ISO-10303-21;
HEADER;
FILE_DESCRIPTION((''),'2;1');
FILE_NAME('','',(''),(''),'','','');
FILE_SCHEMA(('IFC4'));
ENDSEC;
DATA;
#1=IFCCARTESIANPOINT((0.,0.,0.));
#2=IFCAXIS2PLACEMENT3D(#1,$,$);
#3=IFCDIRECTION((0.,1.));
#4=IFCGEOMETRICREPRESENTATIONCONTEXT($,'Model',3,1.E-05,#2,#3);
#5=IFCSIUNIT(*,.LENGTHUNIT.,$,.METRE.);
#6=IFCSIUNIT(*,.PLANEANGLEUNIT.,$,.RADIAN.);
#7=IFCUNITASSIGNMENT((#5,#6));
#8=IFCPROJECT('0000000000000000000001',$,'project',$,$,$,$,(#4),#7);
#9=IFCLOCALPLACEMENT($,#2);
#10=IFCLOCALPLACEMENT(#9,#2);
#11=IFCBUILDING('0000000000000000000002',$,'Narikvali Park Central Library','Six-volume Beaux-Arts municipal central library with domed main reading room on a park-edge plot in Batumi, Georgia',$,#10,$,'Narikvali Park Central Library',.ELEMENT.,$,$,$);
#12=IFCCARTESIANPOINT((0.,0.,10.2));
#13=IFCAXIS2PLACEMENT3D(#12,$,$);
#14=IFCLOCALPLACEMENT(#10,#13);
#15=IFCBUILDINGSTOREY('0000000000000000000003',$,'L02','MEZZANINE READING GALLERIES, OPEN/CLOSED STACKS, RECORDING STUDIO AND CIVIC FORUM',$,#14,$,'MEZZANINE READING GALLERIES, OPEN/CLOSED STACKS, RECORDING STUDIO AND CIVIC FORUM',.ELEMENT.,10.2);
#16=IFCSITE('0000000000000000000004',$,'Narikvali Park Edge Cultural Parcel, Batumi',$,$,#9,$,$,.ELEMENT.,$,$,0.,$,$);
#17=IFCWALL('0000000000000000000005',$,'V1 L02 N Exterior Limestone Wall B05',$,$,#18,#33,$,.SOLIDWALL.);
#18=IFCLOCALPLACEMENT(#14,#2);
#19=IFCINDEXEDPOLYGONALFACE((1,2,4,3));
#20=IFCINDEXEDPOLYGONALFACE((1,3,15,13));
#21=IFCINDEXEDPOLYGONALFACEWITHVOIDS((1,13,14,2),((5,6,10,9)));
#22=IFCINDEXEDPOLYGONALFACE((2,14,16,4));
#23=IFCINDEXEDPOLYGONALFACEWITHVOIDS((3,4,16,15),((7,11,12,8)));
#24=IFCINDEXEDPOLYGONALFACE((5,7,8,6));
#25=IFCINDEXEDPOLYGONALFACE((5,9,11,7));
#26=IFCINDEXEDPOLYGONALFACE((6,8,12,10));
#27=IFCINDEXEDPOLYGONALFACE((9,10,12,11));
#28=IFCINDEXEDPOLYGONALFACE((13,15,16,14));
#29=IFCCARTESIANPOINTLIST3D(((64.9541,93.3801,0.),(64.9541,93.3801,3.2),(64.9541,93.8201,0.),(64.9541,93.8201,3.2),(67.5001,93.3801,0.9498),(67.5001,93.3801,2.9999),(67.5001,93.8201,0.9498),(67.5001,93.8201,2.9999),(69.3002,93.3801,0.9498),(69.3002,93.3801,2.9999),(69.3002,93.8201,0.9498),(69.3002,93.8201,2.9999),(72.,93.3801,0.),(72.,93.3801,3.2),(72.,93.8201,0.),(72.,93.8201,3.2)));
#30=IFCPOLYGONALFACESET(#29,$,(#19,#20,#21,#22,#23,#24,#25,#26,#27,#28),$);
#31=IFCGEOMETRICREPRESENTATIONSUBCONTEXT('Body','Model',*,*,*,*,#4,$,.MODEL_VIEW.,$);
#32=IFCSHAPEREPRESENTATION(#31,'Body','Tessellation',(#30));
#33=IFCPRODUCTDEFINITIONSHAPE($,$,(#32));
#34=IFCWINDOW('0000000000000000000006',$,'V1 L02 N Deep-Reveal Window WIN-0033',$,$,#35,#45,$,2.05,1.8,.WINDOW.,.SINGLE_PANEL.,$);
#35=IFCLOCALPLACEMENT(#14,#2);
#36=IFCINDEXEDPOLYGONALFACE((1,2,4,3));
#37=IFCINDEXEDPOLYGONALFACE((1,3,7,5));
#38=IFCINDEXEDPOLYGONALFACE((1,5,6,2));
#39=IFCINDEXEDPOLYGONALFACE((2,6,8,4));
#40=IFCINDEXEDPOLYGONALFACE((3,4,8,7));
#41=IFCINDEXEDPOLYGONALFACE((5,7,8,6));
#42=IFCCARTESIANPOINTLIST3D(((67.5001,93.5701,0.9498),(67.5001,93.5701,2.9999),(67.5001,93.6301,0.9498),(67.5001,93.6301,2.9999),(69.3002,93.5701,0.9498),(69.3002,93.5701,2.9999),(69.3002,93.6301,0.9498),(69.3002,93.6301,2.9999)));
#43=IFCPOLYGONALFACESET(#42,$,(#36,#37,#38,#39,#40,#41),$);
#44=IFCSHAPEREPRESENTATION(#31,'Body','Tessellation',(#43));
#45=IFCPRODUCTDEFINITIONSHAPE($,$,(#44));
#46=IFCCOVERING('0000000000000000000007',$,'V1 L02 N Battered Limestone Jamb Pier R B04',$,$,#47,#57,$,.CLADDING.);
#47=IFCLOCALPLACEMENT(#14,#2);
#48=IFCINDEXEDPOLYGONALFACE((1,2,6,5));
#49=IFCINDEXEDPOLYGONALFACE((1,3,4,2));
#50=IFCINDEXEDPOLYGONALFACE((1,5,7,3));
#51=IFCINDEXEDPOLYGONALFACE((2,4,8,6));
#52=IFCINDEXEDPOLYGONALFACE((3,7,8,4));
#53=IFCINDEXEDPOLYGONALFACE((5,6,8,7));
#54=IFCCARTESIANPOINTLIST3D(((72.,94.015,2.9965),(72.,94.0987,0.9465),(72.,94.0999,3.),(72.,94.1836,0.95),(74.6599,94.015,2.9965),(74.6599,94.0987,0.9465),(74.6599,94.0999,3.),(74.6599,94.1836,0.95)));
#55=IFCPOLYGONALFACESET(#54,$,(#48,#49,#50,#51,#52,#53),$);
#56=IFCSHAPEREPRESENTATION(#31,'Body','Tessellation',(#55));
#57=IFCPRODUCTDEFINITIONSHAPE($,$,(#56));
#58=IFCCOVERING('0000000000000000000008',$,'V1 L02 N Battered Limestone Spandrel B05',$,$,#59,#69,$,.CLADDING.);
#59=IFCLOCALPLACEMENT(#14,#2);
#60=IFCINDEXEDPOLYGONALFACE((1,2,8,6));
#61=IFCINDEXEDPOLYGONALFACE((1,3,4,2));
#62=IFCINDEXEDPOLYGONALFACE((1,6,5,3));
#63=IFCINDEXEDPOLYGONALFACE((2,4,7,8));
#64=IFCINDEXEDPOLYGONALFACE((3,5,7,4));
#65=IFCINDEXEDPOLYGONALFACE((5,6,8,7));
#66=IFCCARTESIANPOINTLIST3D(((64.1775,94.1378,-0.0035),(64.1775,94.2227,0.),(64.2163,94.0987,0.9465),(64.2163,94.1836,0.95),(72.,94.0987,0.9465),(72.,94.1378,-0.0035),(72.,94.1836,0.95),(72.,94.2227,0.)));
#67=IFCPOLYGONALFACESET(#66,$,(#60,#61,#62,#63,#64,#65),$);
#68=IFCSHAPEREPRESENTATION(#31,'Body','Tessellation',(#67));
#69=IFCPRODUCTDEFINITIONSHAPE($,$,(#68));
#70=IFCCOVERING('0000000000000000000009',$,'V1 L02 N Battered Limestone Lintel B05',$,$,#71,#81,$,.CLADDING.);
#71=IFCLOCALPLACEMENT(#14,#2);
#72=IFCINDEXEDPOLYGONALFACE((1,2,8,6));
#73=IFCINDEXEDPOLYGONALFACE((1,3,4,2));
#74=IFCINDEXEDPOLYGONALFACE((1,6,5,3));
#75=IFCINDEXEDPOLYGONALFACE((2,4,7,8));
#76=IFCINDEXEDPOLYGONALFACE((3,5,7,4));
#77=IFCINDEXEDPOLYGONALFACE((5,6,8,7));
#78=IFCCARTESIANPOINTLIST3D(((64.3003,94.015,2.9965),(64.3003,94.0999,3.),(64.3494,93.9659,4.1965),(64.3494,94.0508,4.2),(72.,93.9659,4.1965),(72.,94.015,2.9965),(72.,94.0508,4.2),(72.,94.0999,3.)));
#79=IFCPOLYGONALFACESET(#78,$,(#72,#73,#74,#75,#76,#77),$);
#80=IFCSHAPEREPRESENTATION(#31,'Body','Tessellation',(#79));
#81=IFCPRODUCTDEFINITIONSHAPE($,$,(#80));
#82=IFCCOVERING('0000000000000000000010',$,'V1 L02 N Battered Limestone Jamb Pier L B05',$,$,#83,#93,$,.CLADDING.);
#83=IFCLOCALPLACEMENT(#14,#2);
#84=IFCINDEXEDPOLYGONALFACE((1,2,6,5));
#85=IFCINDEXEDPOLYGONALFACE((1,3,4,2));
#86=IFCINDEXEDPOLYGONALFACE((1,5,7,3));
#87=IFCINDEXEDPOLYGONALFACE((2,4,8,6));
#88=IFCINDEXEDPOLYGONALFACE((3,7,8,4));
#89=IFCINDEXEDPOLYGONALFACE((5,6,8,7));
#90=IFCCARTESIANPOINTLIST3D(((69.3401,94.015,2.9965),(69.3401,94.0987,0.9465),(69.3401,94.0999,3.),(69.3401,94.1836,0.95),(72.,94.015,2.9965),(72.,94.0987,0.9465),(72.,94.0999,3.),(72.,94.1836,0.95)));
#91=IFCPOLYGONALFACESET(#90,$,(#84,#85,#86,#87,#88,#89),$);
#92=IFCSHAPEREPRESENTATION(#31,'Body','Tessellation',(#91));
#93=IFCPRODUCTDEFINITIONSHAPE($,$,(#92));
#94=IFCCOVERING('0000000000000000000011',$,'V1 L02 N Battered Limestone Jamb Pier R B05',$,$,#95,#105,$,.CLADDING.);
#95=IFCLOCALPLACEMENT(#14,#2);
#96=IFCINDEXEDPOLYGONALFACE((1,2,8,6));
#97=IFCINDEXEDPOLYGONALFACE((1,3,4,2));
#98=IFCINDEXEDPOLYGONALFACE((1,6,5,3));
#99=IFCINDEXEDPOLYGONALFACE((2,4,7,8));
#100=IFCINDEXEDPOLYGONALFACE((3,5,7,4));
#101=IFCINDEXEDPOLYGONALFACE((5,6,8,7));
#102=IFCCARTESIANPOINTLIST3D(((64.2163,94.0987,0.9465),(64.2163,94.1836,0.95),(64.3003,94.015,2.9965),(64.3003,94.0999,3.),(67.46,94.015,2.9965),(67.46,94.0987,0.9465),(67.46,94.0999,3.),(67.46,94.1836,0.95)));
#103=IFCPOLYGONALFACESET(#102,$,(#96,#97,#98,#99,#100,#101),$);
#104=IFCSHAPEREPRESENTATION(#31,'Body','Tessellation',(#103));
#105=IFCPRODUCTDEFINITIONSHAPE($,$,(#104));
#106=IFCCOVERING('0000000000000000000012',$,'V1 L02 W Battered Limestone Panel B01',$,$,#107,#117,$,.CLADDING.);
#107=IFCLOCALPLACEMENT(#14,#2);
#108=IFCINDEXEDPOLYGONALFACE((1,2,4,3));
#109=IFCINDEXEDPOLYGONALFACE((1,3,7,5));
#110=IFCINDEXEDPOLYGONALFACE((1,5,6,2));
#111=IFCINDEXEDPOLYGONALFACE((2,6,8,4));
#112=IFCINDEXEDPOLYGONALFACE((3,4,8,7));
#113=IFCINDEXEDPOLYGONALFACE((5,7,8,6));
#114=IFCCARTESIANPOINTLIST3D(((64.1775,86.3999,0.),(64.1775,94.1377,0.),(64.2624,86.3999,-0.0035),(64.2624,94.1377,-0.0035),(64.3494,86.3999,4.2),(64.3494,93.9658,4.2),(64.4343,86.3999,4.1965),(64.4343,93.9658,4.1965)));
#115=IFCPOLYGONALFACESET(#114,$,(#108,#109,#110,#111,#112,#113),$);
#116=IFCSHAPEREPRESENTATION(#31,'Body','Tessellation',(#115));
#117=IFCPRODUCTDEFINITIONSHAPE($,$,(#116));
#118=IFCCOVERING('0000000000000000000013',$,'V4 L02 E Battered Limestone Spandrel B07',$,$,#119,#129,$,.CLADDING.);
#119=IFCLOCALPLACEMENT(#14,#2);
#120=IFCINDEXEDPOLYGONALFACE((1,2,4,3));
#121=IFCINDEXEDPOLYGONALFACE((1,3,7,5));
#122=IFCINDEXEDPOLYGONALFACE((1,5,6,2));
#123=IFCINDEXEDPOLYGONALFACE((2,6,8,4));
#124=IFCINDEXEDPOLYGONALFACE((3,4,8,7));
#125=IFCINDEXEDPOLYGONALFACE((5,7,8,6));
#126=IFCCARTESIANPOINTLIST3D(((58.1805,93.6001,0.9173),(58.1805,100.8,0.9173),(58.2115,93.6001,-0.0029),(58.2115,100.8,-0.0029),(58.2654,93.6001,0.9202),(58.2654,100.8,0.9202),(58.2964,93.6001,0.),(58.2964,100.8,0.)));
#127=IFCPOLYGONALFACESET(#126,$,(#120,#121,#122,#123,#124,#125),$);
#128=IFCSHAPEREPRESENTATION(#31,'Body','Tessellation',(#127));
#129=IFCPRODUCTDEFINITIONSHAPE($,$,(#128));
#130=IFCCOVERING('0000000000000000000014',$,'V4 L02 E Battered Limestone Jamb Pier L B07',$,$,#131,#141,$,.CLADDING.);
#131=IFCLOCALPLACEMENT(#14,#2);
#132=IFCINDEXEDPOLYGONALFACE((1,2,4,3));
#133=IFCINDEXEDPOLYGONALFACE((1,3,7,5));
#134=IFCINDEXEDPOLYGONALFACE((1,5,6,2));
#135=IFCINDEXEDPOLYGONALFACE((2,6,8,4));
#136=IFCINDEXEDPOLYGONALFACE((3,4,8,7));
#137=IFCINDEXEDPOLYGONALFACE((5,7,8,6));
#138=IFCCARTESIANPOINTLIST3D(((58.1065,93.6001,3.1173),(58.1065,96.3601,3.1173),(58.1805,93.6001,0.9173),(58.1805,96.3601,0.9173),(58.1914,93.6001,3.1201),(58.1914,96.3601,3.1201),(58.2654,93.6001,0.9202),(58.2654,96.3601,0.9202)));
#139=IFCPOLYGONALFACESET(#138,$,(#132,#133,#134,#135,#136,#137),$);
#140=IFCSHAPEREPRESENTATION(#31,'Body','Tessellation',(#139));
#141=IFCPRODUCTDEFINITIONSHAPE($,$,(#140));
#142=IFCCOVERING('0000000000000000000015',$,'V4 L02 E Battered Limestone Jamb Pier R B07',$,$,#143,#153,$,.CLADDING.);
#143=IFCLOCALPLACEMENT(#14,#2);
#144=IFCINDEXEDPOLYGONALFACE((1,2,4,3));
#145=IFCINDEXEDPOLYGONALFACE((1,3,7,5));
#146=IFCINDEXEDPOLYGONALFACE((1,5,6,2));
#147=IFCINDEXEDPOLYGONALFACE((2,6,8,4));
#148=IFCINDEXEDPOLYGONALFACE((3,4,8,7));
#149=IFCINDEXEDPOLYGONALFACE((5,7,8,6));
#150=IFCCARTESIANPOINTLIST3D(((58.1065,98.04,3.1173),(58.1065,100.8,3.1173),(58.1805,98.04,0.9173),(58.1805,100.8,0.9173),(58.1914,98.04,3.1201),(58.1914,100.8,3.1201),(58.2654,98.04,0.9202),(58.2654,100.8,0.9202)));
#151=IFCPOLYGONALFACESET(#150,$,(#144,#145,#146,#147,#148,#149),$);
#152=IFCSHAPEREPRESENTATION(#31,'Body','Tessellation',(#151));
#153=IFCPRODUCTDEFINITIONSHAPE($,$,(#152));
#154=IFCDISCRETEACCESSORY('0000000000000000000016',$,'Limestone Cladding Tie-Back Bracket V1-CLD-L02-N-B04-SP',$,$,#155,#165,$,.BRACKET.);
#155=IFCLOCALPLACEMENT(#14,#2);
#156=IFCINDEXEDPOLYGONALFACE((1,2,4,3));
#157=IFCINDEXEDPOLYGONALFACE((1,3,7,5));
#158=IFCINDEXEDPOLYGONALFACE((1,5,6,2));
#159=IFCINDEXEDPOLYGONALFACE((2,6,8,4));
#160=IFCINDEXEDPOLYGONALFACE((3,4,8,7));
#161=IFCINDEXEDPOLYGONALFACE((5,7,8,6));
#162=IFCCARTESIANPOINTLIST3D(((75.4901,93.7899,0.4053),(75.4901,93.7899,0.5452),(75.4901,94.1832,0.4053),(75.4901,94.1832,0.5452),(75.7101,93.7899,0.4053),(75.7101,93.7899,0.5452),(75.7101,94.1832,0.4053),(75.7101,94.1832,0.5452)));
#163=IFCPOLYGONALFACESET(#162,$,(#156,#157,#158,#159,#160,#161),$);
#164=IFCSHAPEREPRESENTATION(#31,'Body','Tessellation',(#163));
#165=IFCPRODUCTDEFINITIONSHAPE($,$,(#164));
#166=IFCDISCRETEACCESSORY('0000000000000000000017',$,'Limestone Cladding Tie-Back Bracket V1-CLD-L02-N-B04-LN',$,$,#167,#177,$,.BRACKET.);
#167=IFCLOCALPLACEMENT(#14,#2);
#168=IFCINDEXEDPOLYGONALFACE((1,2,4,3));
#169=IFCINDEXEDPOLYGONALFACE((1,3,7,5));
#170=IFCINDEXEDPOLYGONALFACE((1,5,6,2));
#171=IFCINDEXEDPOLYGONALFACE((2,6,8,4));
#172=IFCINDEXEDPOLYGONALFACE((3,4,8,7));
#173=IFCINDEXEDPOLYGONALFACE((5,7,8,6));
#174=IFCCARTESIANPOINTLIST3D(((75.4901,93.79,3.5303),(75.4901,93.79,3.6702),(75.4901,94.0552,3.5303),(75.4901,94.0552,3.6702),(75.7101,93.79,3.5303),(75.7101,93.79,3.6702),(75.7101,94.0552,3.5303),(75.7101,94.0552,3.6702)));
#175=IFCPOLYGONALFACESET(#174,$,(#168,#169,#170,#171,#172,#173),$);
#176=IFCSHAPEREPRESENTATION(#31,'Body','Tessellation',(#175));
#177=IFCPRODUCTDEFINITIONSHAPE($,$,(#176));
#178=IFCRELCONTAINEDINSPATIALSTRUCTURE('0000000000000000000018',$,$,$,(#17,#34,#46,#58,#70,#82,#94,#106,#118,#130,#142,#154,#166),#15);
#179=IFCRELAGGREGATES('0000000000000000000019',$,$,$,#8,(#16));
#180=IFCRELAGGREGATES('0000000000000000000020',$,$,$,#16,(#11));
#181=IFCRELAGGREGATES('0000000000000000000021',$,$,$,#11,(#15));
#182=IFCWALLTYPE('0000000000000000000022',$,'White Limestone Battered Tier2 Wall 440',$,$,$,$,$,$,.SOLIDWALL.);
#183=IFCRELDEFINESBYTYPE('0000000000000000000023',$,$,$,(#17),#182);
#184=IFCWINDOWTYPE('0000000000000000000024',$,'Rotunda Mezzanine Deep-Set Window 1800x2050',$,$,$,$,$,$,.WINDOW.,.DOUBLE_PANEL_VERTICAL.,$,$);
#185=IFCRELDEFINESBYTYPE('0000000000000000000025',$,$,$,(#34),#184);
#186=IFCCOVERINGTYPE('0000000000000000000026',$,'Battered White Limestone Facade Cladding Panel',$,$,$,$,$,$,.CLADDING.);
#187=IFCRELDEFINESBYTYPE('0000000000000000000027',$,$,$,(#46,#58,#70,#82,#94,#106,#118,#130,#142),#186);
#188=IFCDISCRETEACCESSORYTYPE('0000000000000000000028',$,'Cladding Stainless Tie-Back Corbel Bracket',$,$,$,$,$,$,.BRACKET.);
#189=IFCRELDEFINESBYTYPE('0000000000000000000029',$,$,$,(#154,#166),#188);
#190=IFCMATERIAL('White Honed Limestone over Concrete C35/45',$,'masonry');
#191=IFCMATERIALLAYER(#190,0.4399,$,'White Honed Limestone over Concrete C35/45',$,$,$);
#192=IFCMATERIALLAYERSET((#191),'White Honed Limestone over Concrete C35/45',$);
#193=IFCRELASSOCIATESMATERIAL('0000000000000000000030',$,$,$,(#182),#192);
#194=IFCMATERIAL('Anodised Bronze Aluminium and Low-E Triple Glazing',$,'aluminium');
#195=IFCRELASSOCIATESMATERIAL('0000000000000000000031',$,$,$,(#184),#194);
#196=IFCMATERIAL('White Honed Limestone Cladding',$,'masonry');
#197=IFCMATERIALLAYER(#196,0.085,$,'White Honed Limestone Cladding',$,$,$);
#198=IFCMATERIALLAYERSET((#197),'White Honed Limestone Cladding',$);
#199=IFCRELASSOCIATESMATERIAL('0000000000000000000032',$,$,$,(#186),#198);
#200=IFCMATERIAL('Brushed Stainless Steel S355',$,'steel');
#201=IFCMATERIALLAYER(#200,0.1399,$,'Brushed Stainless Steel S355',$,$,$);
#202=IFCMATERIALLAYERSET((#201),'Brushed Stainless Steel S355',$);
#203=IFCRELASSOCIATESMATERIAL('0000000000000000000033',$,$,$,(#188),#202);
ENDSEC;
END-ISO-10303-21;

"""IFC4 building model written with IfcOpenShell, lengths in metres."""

from ifc_helpers import new_model, si_unit, direction, frame, frame_2d, origin, origin_2d, place, context, subcontext, project, spatial, polyline, rectangle, outline, extrude, material, layer, layer_set, type_object, element, fill, save


model = new_model("IFC4")

# Units and contexts
model_context = context("Model", 3, precision=1e-05, world=origin(), true_north=direction((0.0, 1.0)))
body_context = subcontext(model_context, "Body", "Model", "MODEL_VIEW")
ifc_project = project(units=[si_unit("LENGTHUNIT", "METRE"), si_unit("PLANEANGLEUNIT", "RADIAN")], contexts=[model_context])

# Site, building, storey
site_placement = place(None, origin())
site = spatial("IfcSite", under=ifc_project, at=site_placement, Name="Narikvali Park Edge Cultural Parcel, Batumi", CompositionType="ELEMENT", RefElevation=0.0)
building_placement = place(site_placement, origin())
building = spatial("IfcBuilding", under=site, at=building_placement, Name="Narikvali Park Central Library", Description="Six-volume Beaux-Arts municipal central library with domed main reading room on a park-edge plot in Batumi, Georgia", LongName="Narikvali Park Central Library", CompositionType="ELEMENT")
storey_placement = place(building_placement, frame((0.0, 0.0, 10.2)))
storey = spatial("IfcBuildingStorey", under=building, at=storey_placement, Name="L02", Description="MEZZANINE READING GALLERIES, OPEN/CLOSED STACKS, RECORDING STUDIO AND CIVIC FORUM", LongName="MEZZANINE READING GALLERIES, OPEN/CLOSED STACKS, RECORDING STUDIO AND CIVIC FORUM", CompositionType="ELEMENT", Elevation=10.2)

# Wall, opening, window
ifc_material_1 = material(Name="White Honed Limestone over Concrete C35/45", Category="masonry")
ifc_layer_1 = layer(ifc_material_1, 0.4399, Name="White Honed Limestone over Concrete C35/45")
ifc_layer_set_1 = layer_set([ifc_layer_1], Name="White Honed Limestone over Concrete C35/45")
wall_type = type_object("IfcWallType", Name="White Limestone Battered Tier2 Wall 440", PredefinedType="SOLIDWALL", material=ifc_layer_set_1)
ifc_material_2 = material(Name="Anodised Bronze Aluminium and Low-E Triple Glazing", Category="aluminium")
window_type = type_object("IfcWindowType", Name="Rotunda Mezzanine Deep-Set Window 1800x2050", PartitioningType="DOUBLE_PANEL_VERTICAL", PredefinedType="WINDOW", material=ifc_material_2)
wall_1_placement = place(storey_placement, frame((72.0, 93.6001, 0.0), z_axis=(0.0, 0.0, 1.0), x_axis=(-1.0, 0.0, 0.0)))
wall_1 = element("IfcWall", 1, at=wall_1_placement, inside=storey, type_object=wall_type, Name="V1 L02 N Exterior Limestone Wall B05", PredefinedType="SOLIDWALL", context=body_context, shape_type="SweptSolid", body=[
    extrude(rectangle(XDim=7.0459, YDim=0.4399, at=frame_2d((3.5229, 0.0))), origin(), (0.0, 0.0, 1.0), 3.2),
])
opening_1_placement = place(wall_1_placement, frame((2.7, 0.0, 0.95)))
opening_1 = element("IfcOpeningElement", 2, at=opening_1_placement, cuts=wall_1, PredefinedType="OPENING", context=body_context, shape_type="SweptSolid", body=[
    extrude(rectangle(XDim=1.8, YDim=2.05, at=frame_2d((0.8999, 1.0249))), frame((0.0, 0.2319, 0.0), z_axis=(0.0, -1.0, 0.0), x_axis=(1.0, 0.0, 0.0)), (0.0, 0.0, 1.0), 0.4639),
])
window_1_placement = place(opening_1_placement, origin())
window_1 = element("IfcWindow", 3, at=window_1_placement, inside=storey, type_object=window_type, Name="V1 L02 N Deep-Reveal Window WIN-0033", OverallHeight=2.05, OverallWidth=1.8, PartitioningType="SINGLE_PANEL", PredefinedType="WINDOW", context=body_context, shape_type="SweptSolid", body=[
    extrude(rectangle(XDim=1.8, YDim=2.05, at=frame_2d((0.8999, 1.0249))), frame((0.0, 0.03, 0.0), z_axis=(0.0, -1.0, 0.0), x_axis=(1.0, 0.0, 0.0)), (0.0, 0.0, 1.0), 0.0601),
])
fill(opening_1, window_1)

# Coverings
ifc_material_3 = material(Name="White Honed Limestone Cladding", Category="masonry")
ifc_layer_2 = layer(ifc_material_3, 0.085, Name="White Honed Limestone Cladding")
ifc_layer_set_2 = layer_set([ifc_layer_2], Name="White Honed Limestone Cladding")
covering_type = type_object("IfcCoveringType", Name="Battered White Limestone Facade Cladding Panel", PredefinedType="CLADDING", material=ifc_layer_set_2)
covering_1_placement = place(storey_placement, frame((74.6599, 94.1836, 0.95), z_axis=(0.0, 0.999167, 0.040814), x_axis=(-1.0, 0.0, 0.0)))
element("IfcCovering", 4, at=covering_1_placement, inside=storey, type_object=covering_type, Name="V1 L02 N Battered Limestone Jamb Pier R B04", PredefinedType="CLADDING", context=body_context, shape_type="SweptSolid", body=[
    extrude(outline(polyline([(0.0, 0.0), (2.6599, 0.0), (2.6599, 2.0518), (0.0, 2.0518), (0.0, 0.0)])), origin(), (0.0, 0.0, -1.0), 0.085),
])
covering_2_placement = place(storey_placement, frame((72.0, 94.2227, 0.0), z_axis=(0.0, 0.999156, 0.041086), x_axis=(-1.0, 0.0, 0.0)))
element("IfcCovering", 5, at=covering_2_placement, inside=storey, type_object=covering_type, Name="V1 L02 N Battered Limestone Spandrel B05", PredefinedType="CLADDING", context=body_context, shape_type="SweptSolid", body=[
    extrude(outline(polyline([(0.0, 0.0), (7.8225, 0.0), (7.7837, 0.9508), (0.0, 0.9508), (0.0, 0.0)])), origin(), (0.0, 0.0, -1.0), 0.085),
])
covering_3_placement = place(storey_placement, frame((72.0, 94.0999, 3.0), z_axis=(0.0, 0.999165, 0.040861), x_axis=(-1.0, 0.0, 0.0)))
element("IfcCovering", 6, at=covering_3_placement, inside=storey, type_object=covering_type, Name="V1 L02 N Battered Limestone Lintel B05", PredefinedType="CLADDING", context=body_context, shape_type="SweptSolid", body=[
    extrude(outline(polyline([(0.0, 0.0), (7.6997, 0.0), (7.6506, 1.201), (0.0, 1.201), (0.0, 0.0)])), origin(), (0.0, 0.0, -1.0), 0.085),
])
covering_4_placement = place(storey_placement, frame((72.0, 94.1836, 0.95), z_axis=(0.0, 0.999167, 0.040814), x_axis=(-1.0, 0.0, 0.0)))
element("IfcCovering", 7, at=covering_4_placement, inside=storey, type_object=covering_type, Name="V1 L02 N Battered Limestone Jamb Pier L B05", PredefinedType="CLADDING", context=body_context, shape_type="SweptSolid", body=[
    extrude(outline(polyline([(0.0, 0.0), (2.6599, 0.0), (2.6599, 2.0518), (0.0, 2.0518), (0.0, 0.0)])), origin(), (0.0, 0.0, -1.0), 0.085),
])
covering_5_placement = place(storey_placement, frame((67.46, 94.1836, 0.95), z_axis=(0.0, 0.999167, 0.040814), x_axis=(-1.0, 0.0, 0.0)))
element("IfcCovering", 8, at=covering_5_placement, inside=storey, type_object=covering_type, Name="V1 L02 N Battered Limestone Jamb Pier R B05", PredefinedType="CLADDING", context=body_context, shape_type="SweptSolid", body=[
    extrude(outline(polyline([(0.0, 0.0), (3.2437, 0.0), (3.1597, 2.0518), (0.0, 2.0518), (0.0, 0.0)])), origin(), (0.0, 0.0, -1.0), 0.085),
])
covering_6_placement = place(storey_placement, frame((64.1775, 94.1377, 0.0), z_axis=(-0.999164, 0.0, 0.040889), x_axis=(0.0, -1.0, 0.0)))
element("IfcCovering", 9, at=covering_6_placement, inside=storey, type_object=covering_type, Name="V1 L02 W Battered Limestone Panel B01", PredefinedType="CLADDING", context=body_context, shape_type="SweptSolid", body=[
    extrude(outline(polyline([(0.0, 0.0), (7.7378, 0.0), (7.7378, 4.2035), (0.1719, 4.2035), (0.0, 0.0)])), origin(), (0.0, 0.0, -1.0), 0.085),
])
covering_7_placement = place(storey_placement, frame((58.2964, 93.6001, 0.0), z_axis=(0.999433, 0.0, 0.033677), x_axis=(0.0, 1.0, 0.0)))
element("IfcCovering", 10, at=covering_7_placement, inside=storey, type_object=covering_type, Name="V4 L02 E Battered Limestone Spandrel B07", PredefinedType="CLADDING", context=body_context, shape_type="SweptSolid", body=[
    extrude(outline(polyline([(0.0, 0.0), (7.2, 0.0), (7.2, 0.9207), (0.0, 0.9207), (0.0, 0.0)])), origin(), (0.0, 0.0, -1.0), 0.085),
])
for number, where, z_axis, x_axis, name in (
    (11, (58.2654, 93.6001, 0.9202), (0.999435, 0.0, 0.033607), (0.0, 1.0, 0.0), "V4 L02 E Battered Limestone Jamb Pier L B07"),
    (12, (58.2654, 98.04, 0.9202), (0.999435, 0.0, 0.033607), (0.0, 1.0, 0.0), "V4 L02 E Battered Limestone Jamb Pier R B07"),
):
    element("IfcCovering", number, at=place(storey_placement, frame(where, z_axis=z_axis, x_axis=x_axis)), inside=storey, type_object=covering_type, Name=name, PredefinedType="CLADDING", context=body_context, shape_type="SweptSolid", body=[
        extrude(outline(polyline([(0.0, 0.0), (2.76, 0.0), (2.76, 2.2012), (0.0, 2.2012), (0.0, 0.0)])), origin(), (0.0, 0.0, -1.0), 0.085),
    ])

# Discrete accessories
ifc_material_4 = material(Name="Brushed Stainless Steel S355", Category="steel")
ifc_layer_3 = layer(ifc_material_4, 0.1399, Name="Brushed Stainless Steel S355")
ifc_layer_set_3 = layer_set([ifc_layer_3], Name="Brushed Stainless Steel S355")
discrete_accessory_type = type_object("IfcDiscreteAccessoryType", Name="Cladding Stainless Tie-Back Corbel Bracket", PredefinedType="BRACKET", material=ifc_layer_set_3)
discrete_accessory_1_placement = place(storey_placement, frame((75.6001, 93.9866, 0.4053), z_axis=(0.0, 0.0, 1.0), x_axis=(1.0, 0.0, 0.0)))
element("IfcDiscreteAccessory", 13, at=discrete_accessory_1_placement, inside=storey, type_object=discrete_accessory_type, Name="Limestone Cladding Tie-Back Bracket V1-CLD-L02-N-B04-SP", PredefinedType="BRACKET", context=body_context, shape_type="SweptSolid", body=[
    extrude(rectangle(XDim=0.22, YDim=0.3933, at=origin_2d()), origin(), (0.0, 0.0, 1.0), 0.1399),
])
discrete_accessory_2_placement = place(storey_placement, frame((75.6001, 93.9226, 3.5303), z_axis=(0.0, 0.0, 1.0), x_axis=(1.0, 0.0, 0.0)))
element("IfcDiscreteAccessory", 14, at=discrete_accessory_2_placement, inside=storey, type_object=discrete_accessory_type, Name="Limestone Cladding Tie-Back Bracket V1-CLD-L02-N-B04-LN", PredefinedType="BRACKET", context=body_context, shape_type="SweptSolid", body=[
    extrude(rectangle(XDim=0.22, YDim=0.2651, at=origin_2d()), origin(), (0.0, 0.0, 1.0), 0.1399),
])

save(model, "model.ifc")
